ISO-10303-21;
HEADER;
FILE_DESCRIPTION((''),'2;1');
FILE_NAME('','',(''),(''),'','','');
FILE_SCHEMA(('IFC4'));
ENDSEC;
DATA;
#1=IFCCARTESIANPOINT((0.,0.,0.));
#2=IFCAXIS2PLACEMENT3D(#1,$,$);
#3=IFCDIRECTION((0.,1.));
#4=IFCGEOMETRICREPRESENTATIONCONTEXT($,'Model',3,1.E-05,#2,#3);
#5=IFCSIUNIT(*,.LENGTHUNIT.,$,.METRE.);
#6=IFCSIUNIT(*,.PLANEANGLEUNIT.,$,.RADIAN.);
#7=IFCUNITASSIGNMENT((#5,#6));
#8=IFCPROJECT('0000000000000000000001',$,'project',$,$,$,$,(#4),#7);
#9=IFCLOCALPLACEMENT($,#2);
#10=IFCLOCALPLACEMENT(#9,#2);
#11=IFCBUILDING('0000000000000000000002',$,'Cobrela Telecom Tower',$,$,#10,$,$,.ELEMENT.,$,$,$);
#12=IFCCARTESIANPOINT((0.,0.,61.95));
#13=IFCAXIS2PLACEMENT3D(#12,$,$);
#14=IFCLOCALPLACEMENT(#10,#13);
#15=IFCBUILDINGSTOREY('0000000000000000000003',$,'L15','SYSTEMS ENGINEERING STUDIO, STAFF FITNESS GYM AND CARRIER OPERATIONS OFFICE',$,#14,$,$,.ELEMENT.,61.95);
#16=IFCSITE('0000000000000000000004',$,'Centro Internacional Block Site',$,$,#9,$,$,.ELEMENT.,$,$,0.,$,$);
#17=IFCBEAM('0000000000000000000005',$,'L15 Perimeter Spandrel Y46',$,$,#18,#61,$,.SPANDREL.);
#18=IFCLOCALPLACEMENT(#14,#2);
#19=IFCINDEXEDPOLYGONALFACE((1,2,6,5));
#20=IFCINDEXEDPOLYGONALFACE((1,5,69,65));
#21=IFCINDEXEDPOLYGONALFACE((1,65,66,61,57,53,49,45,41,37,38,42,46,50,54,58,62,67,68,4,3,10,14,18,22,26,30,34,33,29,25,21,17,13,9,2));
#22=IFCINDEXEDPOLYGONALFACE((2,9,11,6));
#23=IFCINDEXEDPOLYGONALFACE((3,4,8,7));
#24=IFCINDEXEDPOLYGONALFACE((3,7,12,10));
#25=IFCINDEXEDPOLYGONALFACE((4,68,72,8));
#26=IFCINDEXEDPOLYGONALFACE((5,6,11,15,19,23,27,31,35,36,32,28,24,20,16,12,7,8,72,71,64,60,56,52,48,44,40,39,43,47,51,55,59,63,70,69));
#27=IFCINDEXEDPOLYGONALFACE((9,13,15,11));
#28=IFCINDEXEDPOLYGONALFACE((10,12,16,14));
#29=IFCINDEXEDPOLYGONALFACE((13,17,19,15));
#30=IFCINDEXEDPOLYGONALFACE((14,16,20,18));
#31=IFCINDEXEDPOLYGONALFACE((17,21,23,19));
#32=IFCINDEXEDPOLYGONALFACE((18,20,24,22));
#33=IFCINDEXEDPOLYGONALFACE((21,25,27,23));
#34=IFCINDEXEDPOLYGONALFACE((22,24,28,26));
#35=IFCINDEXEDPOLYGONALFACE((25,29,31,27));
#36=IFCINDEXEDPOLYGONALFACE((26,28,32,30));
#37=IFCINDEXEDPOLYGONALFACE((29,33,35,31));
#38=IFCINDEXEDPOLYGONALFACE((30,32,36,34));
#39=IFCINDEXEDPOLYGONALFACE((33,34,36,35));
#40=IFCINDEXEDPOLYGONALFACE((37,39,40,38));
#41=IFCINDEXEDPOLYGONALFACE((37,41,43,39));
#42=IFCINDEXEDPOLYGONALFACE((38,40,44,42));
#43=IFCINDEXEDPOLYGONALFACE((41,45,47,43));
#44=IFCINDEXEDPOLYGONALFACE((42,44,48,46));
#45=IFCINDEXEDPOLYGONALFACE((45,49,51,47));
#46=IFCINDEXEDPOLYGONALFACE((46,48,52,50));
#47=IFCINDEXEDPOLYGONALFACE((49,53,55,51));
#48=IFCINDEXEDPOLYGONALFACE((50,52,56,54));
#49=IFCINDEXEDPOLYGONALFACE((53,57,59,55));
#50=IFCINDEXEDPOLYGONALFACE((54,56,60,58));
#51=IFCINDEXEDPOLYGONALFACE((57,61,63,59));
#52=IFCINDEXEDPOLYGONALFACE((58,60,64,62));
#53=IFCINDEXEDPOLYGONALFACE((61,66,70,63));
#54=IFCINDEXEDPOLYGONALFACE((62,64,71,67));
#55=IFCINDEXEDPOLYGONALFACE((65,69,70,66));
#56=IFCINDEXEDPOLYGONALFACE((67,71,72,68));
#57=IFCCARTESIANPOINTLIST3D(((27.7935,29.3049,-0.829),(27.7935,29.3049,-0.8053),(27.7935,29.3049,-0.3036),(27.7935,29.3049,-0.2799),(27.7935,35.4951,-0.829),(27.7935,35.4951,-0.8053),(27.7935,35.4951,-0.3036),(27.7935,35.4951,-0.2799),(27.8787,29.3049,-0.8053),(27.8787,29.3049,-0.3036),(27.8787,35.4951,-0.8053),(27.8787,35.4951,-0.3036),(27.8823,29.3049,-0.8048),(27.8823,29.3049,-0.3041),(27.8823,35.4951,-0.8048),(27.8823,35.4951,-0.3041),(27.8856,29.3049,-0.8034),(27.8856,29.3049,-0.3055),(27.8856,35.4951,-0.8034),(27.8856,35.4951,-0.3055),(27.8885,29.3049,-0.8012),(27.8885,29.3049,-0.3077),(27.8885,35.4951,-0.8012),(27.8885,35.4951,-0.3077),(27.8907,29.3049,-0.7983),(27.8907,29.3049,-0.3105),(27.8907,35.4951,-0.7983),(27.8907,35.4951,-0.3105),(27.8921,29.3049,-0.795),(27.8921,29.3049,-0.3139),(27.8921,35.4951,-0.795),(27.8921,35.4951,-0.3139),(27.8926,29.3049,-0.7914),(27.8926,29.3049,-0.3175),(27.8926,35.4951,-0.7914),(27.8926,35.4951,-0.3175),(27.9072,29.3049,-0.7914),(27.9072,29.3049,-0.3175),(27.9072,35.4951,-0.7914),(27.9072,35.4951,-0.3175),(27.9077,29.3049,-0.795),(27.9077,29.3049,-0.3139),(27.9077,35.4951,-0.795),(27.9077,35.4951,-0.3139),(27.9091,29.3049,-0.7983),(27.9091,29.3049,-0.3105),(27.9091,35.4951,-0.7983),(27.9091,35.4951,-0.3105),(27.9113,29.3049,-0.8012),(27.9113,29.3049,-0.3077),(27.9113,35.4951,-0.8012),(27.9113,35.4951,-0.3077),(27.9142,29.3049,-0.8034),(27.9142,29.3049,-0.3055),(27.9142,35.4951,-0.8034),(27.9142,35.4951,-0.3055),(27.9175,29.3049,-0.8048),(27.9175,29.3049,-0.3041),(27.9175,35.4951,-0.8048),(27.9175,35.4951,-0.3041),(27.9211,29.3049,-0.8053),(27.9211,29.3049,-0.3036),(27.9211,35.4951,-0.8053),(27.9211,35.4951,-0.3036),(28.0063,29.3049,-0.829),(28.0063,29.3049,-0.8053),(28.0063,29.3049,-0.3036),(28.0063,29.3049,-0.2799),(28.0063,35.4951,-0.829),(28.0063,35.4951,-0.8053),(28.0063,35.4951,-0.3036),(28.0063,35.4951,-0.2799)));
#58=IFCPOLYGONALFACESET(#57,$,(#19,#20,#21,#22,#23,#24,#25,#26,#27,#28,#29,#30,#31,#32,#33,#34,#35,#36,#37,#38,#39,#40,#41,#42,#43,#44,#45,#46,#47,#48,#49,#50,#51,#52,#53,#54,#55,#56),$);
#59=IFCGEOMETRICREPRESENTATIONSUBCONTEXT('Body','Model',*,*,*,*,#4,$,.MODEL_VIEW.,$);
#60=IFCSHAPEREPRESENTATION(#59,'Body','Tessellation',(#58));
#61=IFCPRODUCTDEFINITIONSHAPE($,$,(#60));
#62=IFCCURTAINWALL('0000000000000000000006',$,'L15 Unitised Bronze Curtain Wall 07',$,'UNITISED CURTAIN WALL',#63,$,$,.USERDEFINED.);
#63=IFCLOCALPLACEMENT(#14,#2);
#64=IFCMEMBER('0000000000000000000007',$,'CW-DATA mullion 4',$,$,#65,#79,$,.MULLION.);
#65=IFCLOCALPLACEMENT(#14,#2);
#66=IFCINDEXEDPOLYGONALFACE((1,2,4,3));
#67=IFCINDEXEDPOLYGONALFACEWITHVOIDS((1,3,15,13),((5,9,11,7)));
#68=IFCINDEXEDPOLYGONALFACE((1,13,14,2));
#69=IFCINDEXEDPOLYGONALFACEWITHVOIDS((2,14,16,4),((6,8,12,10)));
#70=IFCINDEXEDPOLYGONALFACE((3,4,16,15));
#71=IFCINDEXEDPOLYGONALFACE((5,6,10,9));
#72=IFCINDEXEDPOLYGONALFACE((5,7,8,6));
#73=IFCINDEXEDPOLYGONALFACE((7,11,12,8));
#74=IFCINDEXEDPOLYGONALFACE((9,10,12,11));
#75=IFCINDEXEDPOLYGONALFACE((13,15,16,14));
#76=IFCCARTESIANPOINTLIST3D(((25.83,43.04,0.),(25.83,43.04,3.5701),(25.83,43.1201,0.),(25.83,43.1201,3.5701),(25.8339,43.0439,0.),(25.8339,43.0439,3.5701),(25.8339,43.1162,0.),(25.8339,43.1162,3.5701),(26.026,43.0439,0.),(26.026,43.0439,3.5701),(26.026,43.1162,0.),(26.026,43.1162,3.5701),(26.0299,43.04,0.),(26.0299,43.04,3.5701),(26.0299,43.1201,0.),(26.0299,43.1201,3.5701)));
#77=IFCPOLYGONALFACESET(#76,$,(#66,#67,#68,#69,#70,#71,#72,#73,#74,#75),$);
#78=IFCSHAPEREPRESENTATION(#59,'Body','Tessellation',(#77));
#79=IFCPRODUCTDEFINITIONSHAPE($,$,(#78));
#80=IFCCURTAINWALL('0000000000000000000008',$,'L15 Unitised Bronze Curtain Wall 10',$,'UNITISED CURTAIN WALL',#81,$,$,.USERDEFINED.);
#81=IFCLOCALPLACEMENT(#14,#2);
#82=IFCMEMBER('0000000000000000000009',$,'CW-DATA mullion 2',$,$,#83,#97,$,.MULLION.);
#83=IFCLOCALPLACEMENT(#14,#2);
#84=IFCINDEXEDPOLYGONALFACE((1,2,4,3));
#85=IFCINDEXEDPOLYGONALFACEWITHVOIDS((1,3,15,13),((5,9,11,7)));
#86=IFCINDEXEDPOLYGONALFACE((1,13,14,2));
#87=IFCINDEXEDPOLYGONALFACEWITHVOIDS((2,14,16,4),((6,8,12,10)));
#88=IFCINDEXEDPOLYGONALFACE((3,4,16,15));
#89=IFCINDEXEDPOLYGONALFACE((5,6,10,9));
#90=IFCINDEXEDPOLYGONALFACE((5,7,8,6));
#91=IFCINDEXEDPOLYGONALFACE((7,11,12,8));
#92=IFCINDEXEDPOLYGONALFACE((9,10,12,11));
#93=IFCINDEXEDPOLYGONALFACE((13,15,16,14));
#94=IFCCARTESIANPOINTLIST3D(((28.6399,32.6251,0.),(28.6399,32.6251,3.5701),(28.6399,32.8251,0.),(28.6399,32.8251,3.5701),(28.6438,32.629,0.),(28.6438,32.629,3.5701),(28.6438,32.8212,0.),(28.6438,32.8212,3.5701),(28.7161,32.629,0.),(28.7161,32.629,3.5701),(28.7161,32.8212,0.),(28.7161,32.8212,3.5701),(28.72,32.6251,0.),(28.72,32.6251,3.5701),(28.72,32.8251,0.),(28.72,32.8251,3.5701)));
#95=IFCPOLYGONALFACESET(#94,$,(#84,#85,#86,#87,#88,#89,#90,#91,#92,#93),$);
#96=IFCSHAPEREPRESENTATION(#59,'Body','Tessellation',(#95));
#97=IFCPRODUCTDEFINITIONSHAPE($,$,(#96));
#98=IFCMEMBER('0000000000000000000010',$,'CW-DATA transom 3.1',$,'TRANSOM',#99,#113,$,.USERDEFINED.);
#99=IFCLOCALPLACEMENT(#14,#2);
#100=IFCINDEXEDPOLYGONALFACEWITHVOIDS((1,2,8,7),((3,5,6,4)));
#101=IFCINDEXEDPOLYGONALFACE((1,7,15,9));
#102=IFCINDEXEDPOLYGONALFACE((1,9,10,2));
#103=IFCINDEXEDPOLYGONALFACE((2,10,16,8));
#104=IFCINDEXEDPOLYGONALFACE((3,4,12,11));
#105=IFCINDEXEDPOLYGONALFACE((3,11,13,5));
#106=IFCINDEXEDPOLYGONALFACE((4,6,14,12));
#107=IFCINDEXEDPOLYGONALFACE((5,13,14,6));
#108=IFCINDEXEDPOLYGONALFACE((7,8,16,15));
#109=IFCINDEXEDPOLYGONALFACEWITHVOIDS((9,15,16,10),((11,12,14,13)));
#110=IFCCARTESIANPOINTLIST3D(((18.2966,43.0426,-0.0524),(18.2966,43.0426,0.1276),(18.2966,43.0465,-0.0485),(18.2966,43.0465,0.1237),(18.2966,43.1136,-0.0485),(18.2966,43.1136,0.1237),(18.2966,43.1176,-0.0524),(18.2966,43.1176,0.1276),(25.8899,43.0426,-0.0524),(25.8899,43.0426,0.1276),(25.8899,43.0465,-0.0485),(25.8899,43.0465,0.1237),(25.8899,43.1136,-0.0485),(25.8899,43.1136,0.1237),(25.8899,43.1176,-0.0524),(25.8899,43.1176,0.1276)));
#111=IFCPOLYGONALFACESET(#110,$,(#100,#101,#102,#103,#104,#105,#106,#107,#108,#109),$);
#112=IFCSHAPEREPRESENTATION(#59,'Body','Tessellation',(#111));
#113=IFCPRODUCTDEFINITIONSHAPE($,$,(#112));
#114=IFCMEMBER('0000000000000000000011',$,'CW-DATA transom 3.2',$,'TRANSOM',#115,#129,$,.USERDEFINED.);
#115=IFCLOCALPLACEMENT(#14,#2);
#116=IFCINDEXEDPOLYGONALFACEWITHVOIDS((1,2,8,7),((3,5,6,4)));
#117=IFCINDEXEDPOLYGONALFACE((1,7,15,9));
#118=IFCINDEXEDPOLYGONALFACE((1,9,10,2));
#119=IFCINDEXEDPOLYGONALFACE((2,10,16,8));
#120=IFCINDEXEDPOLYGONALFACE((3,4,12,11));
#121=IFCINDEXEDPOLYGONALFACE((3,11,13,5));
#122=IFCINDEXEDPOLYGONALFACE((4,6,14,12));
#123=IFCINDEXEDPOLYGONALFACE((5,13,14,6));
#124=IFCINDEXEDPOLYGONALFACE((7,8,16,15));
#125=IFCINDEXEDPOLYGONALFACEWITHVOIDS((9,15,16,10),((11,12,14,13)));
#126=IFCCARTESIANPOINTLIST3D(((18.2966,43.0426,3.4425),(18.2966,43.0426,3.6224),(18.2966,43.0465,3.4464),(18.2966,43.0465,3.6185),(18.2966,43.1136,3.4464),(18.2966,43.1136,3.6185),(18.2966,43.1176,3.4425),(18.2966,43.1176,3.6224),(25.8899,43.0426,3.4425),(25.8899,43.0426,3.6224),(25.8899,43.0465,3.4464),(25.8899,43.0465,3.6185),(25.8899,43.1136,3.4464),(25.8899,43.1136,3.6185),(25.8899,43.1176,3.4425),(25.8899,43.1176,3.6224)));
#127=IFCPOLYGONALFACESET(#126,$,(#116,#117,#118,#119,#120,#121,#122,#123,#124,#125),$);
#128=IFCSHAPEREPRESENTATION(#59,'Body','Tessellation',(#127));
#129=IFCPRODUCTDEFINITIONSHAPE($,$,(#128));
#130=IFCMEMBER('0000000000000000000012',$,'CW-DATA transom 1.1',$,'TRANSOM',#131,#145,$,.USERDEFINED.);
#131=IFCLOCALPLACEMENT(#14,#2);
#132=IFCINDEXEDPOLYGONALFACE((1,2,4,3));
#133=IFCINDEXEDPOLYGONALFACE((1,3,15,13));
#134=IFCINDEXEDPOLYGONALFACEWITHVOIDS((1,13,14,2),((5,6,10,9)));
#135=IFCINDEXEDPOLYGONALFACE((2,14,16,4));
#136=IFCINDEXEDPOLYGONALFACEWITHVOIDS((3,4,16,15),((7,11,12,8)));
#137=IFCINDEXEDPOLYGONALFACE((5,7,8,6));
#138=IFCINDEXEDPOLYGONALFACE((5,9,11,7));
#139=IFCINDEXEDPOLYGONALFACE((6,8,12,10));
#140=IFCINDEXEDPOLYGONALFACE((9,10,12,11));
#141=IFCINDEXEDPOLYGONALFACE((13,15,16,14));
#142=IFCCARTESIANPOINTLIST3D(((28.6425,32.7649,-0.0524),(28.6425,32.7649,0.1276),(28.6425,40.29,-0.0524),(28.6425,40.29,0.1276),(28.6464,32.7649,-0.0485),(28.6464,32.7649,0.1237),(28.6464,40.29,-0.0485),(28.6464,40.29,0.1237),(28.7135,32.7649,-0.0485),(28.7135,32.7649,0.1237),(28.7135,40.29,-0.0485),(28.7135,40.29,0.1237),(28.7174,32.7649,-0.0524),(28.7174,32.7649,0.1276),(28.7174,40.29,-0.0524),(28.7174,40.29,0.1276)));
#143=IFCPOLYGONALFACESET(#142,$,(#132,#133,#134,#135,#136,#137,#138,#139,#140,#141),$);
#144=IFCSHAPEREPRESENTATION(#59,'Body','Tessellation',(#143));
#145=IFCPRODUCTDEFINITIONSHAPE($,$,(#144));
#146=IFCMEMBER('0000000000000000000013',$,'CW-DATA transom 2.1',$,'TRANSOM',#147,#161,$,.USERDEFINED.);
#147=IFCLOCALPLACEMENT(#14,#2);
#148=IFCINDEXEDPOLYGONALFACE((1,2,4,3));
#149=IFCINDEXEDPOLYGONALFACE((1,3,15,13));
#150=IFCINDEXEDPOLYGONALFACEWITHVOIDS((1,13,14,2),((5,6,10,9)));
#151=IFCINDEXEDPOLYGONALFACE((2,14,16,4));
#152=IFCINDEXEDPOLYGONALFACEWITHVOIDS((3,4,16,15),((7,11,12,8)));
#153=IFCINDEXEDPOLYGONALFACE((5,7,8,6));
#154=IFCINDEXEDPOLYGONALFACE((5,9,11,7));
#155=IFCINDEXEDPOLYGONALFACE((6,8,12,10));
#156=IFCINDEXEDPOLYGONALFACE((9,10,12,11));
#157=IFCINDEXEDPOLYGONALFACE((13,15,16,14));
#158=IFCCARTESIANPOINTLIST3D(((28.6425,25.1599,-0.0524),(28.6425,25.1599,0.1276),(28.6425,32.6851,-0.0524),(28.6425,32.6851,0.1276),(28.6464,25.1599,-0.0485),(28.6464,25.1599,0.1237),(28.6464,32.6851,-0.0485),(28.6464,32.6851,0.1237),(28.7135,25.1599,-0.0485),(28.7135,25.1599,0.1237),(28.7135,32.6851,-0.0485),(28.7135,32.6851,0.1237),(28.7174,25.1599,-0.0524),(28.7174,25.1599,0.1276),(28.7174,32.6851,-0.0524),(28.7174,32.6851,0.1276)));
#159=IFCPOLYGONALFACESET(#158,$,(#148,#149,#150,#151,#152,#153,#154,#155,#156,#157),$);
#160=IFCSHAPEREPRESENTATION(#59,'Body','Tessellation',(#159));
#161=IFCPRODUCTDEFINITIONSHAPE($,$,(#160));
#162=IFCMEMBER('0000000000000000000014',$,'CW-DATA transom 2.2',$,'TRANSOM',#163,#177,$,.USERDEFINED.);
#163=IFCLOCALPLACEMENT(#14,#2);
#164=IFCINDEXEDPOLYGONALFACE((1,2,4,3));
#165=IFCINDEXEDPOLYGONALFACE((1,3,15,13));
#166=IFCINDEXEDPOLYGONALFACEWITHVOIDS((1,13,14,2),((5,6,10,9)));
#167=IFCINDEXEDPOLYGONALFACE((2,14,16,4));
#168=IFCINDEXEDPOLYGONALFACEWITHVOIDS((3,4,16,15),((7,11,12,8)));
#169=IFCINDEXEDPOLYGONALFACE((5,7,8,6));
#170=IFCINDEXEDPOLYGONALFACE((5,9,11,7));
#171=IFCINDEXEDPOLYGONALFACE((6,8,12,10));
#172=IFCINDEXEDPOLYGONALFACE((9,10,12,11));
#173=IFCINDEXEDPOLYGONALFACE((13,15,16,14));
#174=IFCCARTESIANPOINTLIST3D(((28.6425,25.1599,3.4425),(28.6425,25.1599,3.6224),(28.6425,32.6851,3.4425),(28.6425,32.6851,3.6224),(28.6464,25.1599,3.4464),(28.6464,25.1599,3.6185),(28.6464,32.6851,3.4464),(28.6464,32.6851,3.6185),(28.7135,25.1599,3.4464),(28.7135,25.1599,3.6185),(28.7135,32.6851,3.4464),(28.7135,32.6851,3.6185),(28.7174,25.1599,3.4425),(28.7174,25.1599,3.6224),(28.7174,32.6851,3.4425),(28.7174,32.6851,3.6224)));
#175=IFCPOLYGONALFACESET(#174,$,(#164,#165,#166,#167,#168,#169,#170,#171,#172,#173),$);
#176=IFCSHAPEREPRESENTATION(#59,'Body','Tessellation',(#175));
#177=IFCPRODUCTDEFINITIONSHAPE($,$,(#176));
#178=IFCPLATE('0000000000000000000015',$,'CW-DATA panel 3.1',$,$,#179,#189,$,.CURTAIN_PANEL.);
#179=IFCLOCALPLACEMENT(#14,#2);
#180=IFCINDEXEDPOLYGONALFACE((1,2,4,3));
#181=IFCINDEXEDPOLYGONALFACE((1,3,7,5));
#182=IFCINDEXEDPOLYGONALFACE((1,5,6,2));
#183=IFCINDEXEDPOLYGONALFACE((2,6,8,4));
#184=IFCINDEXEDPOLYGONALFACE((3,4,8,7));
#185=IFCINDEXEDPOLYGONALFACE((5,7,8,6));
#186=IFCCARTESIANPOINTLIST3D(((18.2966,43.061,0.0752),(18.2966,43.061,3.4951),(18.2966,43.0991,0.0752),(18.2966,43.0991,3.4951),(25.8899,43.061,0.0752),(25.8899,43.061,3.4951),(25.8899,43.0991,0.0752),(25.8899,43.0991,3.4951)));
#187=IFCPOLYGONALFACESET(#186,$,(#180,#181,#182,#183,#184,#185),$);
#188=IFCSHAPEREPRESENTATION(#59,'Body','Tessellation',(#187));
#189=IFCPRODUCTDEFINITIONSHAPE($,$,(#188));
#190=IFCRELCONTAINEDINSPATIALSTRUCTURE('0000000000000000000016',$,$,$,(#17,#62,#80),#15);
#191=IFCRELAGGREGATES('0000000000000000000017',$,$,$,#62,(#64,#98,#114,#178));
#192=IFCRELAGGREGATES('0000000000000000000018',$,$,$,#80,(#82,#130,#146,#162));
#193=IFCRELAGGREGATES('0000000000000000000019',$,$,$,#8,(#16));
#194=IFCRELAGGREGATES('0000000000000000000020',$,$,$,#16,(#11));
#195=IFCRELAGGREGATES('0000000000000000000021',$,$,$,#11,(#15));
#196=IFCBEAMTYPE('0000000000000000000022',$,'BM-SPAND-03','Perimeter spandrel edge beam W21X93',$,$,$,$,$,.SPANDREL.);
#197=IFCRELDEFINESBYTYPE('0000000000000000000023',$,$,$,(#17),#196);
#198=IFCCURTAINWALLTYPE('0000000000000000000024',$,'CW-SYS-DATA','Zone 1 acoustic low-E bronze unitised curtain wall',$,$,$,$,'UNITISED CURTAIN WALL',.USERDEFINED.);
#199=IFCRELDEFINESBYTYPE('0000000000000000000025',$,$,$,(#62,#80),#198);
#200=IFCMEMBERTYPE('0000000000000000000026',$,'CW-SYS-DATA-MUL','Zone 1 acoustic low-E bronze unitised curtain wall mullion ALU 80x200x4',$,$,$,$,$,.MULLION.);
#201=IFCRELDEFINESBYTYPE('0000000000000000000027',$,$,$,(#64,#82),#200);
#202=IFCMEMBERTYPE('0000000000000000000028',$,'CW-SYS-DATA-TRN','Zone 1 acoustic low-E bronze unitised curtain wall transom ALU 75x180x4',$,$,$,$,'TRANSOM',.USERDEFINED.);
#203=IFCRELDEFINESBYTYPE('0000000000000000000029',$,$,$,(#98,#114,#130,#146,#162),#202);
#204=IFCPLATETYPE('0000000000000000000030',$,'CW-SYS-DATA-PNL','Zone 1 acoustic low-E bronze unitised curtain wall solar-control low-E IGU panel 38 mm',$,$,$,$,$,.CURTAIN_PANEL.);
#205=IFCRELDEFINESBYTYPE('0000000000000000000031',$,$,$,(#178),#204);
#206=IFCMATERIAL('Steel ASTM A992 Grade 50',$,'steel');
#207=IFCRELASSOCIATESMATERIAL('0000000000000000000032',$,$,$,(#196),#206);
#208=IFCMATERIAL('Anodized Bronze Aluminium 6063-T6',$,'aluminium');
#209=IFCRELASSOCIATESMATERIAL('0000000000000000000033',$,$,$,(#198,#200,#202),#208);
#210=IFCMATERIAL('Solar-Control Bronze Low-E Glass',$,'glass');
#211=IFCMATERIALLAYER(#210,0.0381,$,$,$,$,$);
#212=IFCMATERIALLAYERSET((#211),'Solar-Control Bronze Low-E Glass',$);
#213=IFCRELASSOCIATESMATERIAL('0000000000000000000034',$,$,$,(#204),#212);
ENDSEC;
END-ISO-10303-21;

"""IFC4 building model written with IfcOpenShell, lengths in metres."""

from ifc_helpers import new_model, si_unit, direction, frame, origin, origin_2d, place, context, subcontext, project, spatial, rectangle, hollow_rectangle, i_section, extrude, material, layer, layer_set, material_profile, profile_set, type_object, element, aggregate, save


model = new_model("IFC4")

# Units and contexts
model_context = context("Model", 3, precision=1e-05, world=origin(), true_north=direction((0.0, 1.0)))
body_context = subcontext(model_context, "Body", "Model", "MODEL_VIEW")
ifc_project = project(units=[si_unit("LENGTHUNIT", "METRE"), si_unit("PLANEANGLEUNIT", "RADIAN")], contexts=[model_context])

# Site, building, storey
site_placement = place(None, origin())
site = spatial("IfcSite", under=ifc_project, at=site_placement, Name="Centro Internacional Block Site", CompositionType="ELEMENT", RefElevation=0.0)
building_placement = place(site_placement, origin())
building = spatial("IfcBuilding", under=site, at=building_placement, Name="Cobrela Telecom Tower", CompositionType="ELEMENT")
storey_placement = place(building_placement, frame((0.0, 0.0, 61.95)))
storey = spatial("IfcBuildingStorey", under=building, at=storey_placement, Name="L15", Description="SYSTEMS ENGINEERING STUDIO, STAFF FITNESS GYM AND CARRIER OPERATIONS OFFICE", CompositionType="ELEMENT", Elevation=61.95)

# Shared definitions
ifc_material_1 = material(Name="Steel ASTM A992 Grade 50", Category="steel")

# Beam
ifc_material_profile_1 = material_profile(ifc_material_1, i_section(OverallWidth=0.2129, OverallDepth=0.5491, WebThickness=0.0146, FlangeThickness=0.0237, FilletRadius=0.0139, at=origin_2d()), Name="W21X93")
ifc_profile_set_1 = profile_set([ifc_material_profile_1], Name="Steel ASTM A992 Grade 50")
beam_type_1 = type_object("IfcBeamType", Name="BM-SPAND-03", Description="Perimeter spandrel edge beam W21X93", PredefinedType="SPANDREL", material=ifc_profile_set_1)
beam_1_placement = place(storey_placement, frame((27.8999, 29.3049, -0.5544), z_axis=(0.0, 1.0, 0.0), x_axis=(-1.0, 0.0, 0.0)))
element("IfcBeam", 1, at=beam_1_placement, inside=storey, type_object=beam_type_1, Name="L15 Perimeter Spandrel Y46", PredefinedType="SPANDREL", context=body_context, shape_type="SweptSolid", body=[
    extrude(i_section(OverallWidth=0.2129, OverallDepth=0.5491, WebThickness=0.0146, FlangeThickness=0.0237, FilletRadius=0.0139, at=origin_2d()), origin(), (0.0, 0.0, 1.0), 6.1902),
])

# Curtain walls, members
ifc_material_2 = material(Name="Anodized Bronze Aluminium 6063-T6", Category="aluminium")
curtain_wall_type = type_object("IfcCurtainWallType", Name="CW-SYS-DATA", Description="Zone 1 acoustic low-E bronze unitised curtain wall", ElementType="UNITISED CURTAIN WALL", PredefinedType="USERDEFINED", material=ifc_material_2)
curtain_wall_1_placement = place(storey_placement, origin())
curtain_wall_1 = element("IfcCurtainWall", 2, at=curtain_wall_1_placement, inside=storey, type_object=curtain_wall_type, Name="L15 Unitised Bronze Curtain Wall 07", ObjectType="UNITISED CURTAIN WALL", PredefinedType="USERDEFINED")
ifc_material_profile_2 = material_profile(ifc_material_2, hollow_rectangle(XDim=0.0801, YDim=0.2, WallThickness=0.0039, at=origin_2d()), Name="ALU 80x200x4")
ifc_profile_set_2 = profile_set([ifc_material_profile_2], Name="Anodized Bronze Aluminium 6063-T6")
member_type_1 = type_object("IfcMemberType", Name="CW-SYS-DATA-MUL", Description="Zone 1 acoustic low-E bronze unitised curtain wall mullion ALU 80x200x4", PredefinedType="MULLION", material=ifc_profile_set_2)
member_1_placement = place(storey_placement, frame((25.9299, 43.0801, 0.0), z_axis=(0.0, 0.0, 1.0), x_axis=(0.0, 1.0, 0.0)))
member_1 = element("IfcMember", 3, at=member_1_placement, type_object=member_type_1, Name="CW-DATA mullion 4", PredefinedType="MULLION", context=body_context, shape_type="SweptSolid", body=[
    extrude(hollow_rectangle(XDim=0.0801, YDim=0.2, WallThickness=0.0039, at=origin_2d()), origin(), (0.0, 0.0, 1.0), 3.5701),
])
curtain_wall_2_placement = place(storey_placement, origin())
curtain_wall_2 = element("IfcCurtainWall", 4, at=curtain_wall_2_placement, inside=storey, type_object=curtain_wall_type, Name="L15 Unitised Bronze Curtain Wall 10", ObjectType="UNITISED CURTAIN WALL", PredefinedType="USERDEFINED")
member_2_placement = place(storey_placement, frame((28.6799, 32.7251, 0.0), z_axis=(0.0, 0.0, 1.0), x_axis=(1.0, 0.0, 0.0)))
member_2 = element("IfcMember", 5, at=member_2_placement, type_object=member_type_1, Name="CW-DATA mullion 2", PredefinedType="MULLION", context=body_context, shape_type="SweptSolid", body=[
    extrude(hollow_rectangle(XDim=0.0801, YDim=0.2, WallThickness=0.0039, at=origin_2d()), origin(), (0.0, 0.0, 1.0), 3.5701),
])

# Members
ifc_material_profile_3 = material_profile(ifc_material_2, hollow_rectangle(XDim=0.075, YDim=0.1799, WallThickness=0.0039, at=origin_2d()), Name="ALU 75x180x4")
ifc_profile_set_3 = profile_set([ifc_material_profile_3], Name="Anodized Bronze Aluminium 6063-T6")
member_type_2 = type_object("IfcMemberType", Name="CW-SYS-DATA-TRN", Description="Zone 1 acoustic low-E bronze unitised curtain wall transom ALU 75x180x4", ElementType="TRANSOM", PredefinedType="USERDEFINED", material=ifc_profile_set_3)
member_3_placement = place(storey_placement, frame((18.2966, 43.0801, 0.0376), z_axis=(1.0, 0.0, 0.0), x_axis=(0.0, 1.0, 0.0)))
member_3 = element("IfcMember", 6, at=member_3_placement, type_object=member_type_2, Name="CW-DATA transom 3.1", ObjectType="TRANSOM", PredefinedType="USERDEFINED", context=body_context, shape_type="SweptSolid", body=[
    extrude(hollow_rectangle(XDim=0.075, YDim=0.1799, WallThickness=0.0039, at=origin_2d()), origin(), (0.0, 0.0, 1.0), 7.5933),
])
member_4_placement = place(storey_placement, frame((18.2966, 43.0801, 3.5325), z_axis=(1.0, 0.0, 0.0), x_axis=(0.0, 1.0, 0.0)))
member_4 = element("IfcMember", 7, at=member_4_placement, type_object=member_type_2, Name="CW-DATA transom 3.2", ObjectType="TRANSOM", PredefinedType="USERDEFINED", context=body_context, shape_type="SweptSolid", body=[
    extrude(hollow_rectangle(XDim=0.075, YDim=0.1799, WallThickness=0.0039, at=origin_2d()), origin(), (0.0, 0.0, 1.0), 7.5933),
])
member_5_placement = place(storey_placement, frame((28.6799, 40.29, 0.0376), z_axis=(0.0, -1.0, 0.0), x_axis=(1.0, 0.0, 0.0)))
member_5 = element("IfcMember", 8, at=member_5_placement, type_object=member_type_2, Name="CW-DATA transom 1.1", ObjectType="TRANSOM", PredefinedType="USERDEFINED", context=body_context, shape_type="SweptSolid", body=[
    extrude(hollow_rectangle(XDim=0.075, YDim=0.1799, WallThickness=0.0039, at=origin_2d()), origin(), (0.0, 0.0, 1.0), 7.5251),
])
member_6_placement = place(storey_placement, frame((28.6799, 32.6851, 0.0376), z_axis=(0.0, -1.0, 0.0), x_axis=(1.0, 0.0, 0.0)))
member_6 = element("IfcMember", 9, at=member_6_placement, type_object=member_type_2, Name="CW-DATA transom 2.1", ObjectType="TRANSOM", PredefinedType="USERDEFINED", context=body_context, shape_type="SweptSolid", body=[
    extrude(hollow_rectangle(XDim=0.075, YDim=0.1799, WallThickness=0.0039, at=origin_2d()), origin(), (0.0, 0.0, 1.0), 7.5251),
])
member_7_placement = place(storey_placement, frame((28.6799, 32.6851, 3.5325), z_axis=(0.0, -1.0, 0.0), x_axis=(1.0, 0.0, 0.0)))
member_7 = element("IfcMember", 10, at=member_7_placement, type_object=member_type_2, Name="CW-DATA transom 2.2", ObjectType="TRANSOM", PredefinedType="USERDEFINED", context=body_context, shape_type="SweptSolid", body=[
    extrude(hollow_rectangle(XDim=0.075, YDim=0.1799, WallThickness=0.0039, at=origin_2d()), origin(), (0.0, 0.0, 1.0), 7.5251),
])

# Plate
ifc_material_3 = material(Name="Solar-Control Bronze Low-E Glass", Category="glass")
ifc_layer_1 = layer(ifc_material_3, 0.0381)
ifc_layer_set_1 = layer_set([ifc_layer_1], Name="Solar-Control Bronze Low-E Glass")
plate_type = type_object("IfcPlateType", Name="CW-SYS-DATA-PNL", Description="Zone 1 acoustic low-E bronze unitised curtain wall solar-control low-E IGU panel 38 mm", PredefinedType="CURTAIN_PANEL", material=ifc_layer_set_1)
plate_1_placement = place(storey_placement, frame((22.0933, 43.0801, 0.0752), z_axis=(0.0, 0.0, 1.0), x_axis=(1.0, 0.0, 0.0)))
plate_1 = element("IfcPlate", 11, at=plate_1_placement, type_object=plate_type, Name="CW-DATA panel 3.1", PredefinedType="CURTAIN_PANEL", context=body_context, shape_type="SweptSolid", body=[
    extrude(rectangle(XDim=7.5933, YDim=0.0381, at=origin_2d()), origin(), (0.0, 0.0, 1.0), 3.4199),
])
aggregate(curtain_wall_1, [member_1, member_3, member_4, plate_1])
aggregate(curtain_wall_2, [member_2, member_5, member_6, member_7])

save(model, "model.ifc")
